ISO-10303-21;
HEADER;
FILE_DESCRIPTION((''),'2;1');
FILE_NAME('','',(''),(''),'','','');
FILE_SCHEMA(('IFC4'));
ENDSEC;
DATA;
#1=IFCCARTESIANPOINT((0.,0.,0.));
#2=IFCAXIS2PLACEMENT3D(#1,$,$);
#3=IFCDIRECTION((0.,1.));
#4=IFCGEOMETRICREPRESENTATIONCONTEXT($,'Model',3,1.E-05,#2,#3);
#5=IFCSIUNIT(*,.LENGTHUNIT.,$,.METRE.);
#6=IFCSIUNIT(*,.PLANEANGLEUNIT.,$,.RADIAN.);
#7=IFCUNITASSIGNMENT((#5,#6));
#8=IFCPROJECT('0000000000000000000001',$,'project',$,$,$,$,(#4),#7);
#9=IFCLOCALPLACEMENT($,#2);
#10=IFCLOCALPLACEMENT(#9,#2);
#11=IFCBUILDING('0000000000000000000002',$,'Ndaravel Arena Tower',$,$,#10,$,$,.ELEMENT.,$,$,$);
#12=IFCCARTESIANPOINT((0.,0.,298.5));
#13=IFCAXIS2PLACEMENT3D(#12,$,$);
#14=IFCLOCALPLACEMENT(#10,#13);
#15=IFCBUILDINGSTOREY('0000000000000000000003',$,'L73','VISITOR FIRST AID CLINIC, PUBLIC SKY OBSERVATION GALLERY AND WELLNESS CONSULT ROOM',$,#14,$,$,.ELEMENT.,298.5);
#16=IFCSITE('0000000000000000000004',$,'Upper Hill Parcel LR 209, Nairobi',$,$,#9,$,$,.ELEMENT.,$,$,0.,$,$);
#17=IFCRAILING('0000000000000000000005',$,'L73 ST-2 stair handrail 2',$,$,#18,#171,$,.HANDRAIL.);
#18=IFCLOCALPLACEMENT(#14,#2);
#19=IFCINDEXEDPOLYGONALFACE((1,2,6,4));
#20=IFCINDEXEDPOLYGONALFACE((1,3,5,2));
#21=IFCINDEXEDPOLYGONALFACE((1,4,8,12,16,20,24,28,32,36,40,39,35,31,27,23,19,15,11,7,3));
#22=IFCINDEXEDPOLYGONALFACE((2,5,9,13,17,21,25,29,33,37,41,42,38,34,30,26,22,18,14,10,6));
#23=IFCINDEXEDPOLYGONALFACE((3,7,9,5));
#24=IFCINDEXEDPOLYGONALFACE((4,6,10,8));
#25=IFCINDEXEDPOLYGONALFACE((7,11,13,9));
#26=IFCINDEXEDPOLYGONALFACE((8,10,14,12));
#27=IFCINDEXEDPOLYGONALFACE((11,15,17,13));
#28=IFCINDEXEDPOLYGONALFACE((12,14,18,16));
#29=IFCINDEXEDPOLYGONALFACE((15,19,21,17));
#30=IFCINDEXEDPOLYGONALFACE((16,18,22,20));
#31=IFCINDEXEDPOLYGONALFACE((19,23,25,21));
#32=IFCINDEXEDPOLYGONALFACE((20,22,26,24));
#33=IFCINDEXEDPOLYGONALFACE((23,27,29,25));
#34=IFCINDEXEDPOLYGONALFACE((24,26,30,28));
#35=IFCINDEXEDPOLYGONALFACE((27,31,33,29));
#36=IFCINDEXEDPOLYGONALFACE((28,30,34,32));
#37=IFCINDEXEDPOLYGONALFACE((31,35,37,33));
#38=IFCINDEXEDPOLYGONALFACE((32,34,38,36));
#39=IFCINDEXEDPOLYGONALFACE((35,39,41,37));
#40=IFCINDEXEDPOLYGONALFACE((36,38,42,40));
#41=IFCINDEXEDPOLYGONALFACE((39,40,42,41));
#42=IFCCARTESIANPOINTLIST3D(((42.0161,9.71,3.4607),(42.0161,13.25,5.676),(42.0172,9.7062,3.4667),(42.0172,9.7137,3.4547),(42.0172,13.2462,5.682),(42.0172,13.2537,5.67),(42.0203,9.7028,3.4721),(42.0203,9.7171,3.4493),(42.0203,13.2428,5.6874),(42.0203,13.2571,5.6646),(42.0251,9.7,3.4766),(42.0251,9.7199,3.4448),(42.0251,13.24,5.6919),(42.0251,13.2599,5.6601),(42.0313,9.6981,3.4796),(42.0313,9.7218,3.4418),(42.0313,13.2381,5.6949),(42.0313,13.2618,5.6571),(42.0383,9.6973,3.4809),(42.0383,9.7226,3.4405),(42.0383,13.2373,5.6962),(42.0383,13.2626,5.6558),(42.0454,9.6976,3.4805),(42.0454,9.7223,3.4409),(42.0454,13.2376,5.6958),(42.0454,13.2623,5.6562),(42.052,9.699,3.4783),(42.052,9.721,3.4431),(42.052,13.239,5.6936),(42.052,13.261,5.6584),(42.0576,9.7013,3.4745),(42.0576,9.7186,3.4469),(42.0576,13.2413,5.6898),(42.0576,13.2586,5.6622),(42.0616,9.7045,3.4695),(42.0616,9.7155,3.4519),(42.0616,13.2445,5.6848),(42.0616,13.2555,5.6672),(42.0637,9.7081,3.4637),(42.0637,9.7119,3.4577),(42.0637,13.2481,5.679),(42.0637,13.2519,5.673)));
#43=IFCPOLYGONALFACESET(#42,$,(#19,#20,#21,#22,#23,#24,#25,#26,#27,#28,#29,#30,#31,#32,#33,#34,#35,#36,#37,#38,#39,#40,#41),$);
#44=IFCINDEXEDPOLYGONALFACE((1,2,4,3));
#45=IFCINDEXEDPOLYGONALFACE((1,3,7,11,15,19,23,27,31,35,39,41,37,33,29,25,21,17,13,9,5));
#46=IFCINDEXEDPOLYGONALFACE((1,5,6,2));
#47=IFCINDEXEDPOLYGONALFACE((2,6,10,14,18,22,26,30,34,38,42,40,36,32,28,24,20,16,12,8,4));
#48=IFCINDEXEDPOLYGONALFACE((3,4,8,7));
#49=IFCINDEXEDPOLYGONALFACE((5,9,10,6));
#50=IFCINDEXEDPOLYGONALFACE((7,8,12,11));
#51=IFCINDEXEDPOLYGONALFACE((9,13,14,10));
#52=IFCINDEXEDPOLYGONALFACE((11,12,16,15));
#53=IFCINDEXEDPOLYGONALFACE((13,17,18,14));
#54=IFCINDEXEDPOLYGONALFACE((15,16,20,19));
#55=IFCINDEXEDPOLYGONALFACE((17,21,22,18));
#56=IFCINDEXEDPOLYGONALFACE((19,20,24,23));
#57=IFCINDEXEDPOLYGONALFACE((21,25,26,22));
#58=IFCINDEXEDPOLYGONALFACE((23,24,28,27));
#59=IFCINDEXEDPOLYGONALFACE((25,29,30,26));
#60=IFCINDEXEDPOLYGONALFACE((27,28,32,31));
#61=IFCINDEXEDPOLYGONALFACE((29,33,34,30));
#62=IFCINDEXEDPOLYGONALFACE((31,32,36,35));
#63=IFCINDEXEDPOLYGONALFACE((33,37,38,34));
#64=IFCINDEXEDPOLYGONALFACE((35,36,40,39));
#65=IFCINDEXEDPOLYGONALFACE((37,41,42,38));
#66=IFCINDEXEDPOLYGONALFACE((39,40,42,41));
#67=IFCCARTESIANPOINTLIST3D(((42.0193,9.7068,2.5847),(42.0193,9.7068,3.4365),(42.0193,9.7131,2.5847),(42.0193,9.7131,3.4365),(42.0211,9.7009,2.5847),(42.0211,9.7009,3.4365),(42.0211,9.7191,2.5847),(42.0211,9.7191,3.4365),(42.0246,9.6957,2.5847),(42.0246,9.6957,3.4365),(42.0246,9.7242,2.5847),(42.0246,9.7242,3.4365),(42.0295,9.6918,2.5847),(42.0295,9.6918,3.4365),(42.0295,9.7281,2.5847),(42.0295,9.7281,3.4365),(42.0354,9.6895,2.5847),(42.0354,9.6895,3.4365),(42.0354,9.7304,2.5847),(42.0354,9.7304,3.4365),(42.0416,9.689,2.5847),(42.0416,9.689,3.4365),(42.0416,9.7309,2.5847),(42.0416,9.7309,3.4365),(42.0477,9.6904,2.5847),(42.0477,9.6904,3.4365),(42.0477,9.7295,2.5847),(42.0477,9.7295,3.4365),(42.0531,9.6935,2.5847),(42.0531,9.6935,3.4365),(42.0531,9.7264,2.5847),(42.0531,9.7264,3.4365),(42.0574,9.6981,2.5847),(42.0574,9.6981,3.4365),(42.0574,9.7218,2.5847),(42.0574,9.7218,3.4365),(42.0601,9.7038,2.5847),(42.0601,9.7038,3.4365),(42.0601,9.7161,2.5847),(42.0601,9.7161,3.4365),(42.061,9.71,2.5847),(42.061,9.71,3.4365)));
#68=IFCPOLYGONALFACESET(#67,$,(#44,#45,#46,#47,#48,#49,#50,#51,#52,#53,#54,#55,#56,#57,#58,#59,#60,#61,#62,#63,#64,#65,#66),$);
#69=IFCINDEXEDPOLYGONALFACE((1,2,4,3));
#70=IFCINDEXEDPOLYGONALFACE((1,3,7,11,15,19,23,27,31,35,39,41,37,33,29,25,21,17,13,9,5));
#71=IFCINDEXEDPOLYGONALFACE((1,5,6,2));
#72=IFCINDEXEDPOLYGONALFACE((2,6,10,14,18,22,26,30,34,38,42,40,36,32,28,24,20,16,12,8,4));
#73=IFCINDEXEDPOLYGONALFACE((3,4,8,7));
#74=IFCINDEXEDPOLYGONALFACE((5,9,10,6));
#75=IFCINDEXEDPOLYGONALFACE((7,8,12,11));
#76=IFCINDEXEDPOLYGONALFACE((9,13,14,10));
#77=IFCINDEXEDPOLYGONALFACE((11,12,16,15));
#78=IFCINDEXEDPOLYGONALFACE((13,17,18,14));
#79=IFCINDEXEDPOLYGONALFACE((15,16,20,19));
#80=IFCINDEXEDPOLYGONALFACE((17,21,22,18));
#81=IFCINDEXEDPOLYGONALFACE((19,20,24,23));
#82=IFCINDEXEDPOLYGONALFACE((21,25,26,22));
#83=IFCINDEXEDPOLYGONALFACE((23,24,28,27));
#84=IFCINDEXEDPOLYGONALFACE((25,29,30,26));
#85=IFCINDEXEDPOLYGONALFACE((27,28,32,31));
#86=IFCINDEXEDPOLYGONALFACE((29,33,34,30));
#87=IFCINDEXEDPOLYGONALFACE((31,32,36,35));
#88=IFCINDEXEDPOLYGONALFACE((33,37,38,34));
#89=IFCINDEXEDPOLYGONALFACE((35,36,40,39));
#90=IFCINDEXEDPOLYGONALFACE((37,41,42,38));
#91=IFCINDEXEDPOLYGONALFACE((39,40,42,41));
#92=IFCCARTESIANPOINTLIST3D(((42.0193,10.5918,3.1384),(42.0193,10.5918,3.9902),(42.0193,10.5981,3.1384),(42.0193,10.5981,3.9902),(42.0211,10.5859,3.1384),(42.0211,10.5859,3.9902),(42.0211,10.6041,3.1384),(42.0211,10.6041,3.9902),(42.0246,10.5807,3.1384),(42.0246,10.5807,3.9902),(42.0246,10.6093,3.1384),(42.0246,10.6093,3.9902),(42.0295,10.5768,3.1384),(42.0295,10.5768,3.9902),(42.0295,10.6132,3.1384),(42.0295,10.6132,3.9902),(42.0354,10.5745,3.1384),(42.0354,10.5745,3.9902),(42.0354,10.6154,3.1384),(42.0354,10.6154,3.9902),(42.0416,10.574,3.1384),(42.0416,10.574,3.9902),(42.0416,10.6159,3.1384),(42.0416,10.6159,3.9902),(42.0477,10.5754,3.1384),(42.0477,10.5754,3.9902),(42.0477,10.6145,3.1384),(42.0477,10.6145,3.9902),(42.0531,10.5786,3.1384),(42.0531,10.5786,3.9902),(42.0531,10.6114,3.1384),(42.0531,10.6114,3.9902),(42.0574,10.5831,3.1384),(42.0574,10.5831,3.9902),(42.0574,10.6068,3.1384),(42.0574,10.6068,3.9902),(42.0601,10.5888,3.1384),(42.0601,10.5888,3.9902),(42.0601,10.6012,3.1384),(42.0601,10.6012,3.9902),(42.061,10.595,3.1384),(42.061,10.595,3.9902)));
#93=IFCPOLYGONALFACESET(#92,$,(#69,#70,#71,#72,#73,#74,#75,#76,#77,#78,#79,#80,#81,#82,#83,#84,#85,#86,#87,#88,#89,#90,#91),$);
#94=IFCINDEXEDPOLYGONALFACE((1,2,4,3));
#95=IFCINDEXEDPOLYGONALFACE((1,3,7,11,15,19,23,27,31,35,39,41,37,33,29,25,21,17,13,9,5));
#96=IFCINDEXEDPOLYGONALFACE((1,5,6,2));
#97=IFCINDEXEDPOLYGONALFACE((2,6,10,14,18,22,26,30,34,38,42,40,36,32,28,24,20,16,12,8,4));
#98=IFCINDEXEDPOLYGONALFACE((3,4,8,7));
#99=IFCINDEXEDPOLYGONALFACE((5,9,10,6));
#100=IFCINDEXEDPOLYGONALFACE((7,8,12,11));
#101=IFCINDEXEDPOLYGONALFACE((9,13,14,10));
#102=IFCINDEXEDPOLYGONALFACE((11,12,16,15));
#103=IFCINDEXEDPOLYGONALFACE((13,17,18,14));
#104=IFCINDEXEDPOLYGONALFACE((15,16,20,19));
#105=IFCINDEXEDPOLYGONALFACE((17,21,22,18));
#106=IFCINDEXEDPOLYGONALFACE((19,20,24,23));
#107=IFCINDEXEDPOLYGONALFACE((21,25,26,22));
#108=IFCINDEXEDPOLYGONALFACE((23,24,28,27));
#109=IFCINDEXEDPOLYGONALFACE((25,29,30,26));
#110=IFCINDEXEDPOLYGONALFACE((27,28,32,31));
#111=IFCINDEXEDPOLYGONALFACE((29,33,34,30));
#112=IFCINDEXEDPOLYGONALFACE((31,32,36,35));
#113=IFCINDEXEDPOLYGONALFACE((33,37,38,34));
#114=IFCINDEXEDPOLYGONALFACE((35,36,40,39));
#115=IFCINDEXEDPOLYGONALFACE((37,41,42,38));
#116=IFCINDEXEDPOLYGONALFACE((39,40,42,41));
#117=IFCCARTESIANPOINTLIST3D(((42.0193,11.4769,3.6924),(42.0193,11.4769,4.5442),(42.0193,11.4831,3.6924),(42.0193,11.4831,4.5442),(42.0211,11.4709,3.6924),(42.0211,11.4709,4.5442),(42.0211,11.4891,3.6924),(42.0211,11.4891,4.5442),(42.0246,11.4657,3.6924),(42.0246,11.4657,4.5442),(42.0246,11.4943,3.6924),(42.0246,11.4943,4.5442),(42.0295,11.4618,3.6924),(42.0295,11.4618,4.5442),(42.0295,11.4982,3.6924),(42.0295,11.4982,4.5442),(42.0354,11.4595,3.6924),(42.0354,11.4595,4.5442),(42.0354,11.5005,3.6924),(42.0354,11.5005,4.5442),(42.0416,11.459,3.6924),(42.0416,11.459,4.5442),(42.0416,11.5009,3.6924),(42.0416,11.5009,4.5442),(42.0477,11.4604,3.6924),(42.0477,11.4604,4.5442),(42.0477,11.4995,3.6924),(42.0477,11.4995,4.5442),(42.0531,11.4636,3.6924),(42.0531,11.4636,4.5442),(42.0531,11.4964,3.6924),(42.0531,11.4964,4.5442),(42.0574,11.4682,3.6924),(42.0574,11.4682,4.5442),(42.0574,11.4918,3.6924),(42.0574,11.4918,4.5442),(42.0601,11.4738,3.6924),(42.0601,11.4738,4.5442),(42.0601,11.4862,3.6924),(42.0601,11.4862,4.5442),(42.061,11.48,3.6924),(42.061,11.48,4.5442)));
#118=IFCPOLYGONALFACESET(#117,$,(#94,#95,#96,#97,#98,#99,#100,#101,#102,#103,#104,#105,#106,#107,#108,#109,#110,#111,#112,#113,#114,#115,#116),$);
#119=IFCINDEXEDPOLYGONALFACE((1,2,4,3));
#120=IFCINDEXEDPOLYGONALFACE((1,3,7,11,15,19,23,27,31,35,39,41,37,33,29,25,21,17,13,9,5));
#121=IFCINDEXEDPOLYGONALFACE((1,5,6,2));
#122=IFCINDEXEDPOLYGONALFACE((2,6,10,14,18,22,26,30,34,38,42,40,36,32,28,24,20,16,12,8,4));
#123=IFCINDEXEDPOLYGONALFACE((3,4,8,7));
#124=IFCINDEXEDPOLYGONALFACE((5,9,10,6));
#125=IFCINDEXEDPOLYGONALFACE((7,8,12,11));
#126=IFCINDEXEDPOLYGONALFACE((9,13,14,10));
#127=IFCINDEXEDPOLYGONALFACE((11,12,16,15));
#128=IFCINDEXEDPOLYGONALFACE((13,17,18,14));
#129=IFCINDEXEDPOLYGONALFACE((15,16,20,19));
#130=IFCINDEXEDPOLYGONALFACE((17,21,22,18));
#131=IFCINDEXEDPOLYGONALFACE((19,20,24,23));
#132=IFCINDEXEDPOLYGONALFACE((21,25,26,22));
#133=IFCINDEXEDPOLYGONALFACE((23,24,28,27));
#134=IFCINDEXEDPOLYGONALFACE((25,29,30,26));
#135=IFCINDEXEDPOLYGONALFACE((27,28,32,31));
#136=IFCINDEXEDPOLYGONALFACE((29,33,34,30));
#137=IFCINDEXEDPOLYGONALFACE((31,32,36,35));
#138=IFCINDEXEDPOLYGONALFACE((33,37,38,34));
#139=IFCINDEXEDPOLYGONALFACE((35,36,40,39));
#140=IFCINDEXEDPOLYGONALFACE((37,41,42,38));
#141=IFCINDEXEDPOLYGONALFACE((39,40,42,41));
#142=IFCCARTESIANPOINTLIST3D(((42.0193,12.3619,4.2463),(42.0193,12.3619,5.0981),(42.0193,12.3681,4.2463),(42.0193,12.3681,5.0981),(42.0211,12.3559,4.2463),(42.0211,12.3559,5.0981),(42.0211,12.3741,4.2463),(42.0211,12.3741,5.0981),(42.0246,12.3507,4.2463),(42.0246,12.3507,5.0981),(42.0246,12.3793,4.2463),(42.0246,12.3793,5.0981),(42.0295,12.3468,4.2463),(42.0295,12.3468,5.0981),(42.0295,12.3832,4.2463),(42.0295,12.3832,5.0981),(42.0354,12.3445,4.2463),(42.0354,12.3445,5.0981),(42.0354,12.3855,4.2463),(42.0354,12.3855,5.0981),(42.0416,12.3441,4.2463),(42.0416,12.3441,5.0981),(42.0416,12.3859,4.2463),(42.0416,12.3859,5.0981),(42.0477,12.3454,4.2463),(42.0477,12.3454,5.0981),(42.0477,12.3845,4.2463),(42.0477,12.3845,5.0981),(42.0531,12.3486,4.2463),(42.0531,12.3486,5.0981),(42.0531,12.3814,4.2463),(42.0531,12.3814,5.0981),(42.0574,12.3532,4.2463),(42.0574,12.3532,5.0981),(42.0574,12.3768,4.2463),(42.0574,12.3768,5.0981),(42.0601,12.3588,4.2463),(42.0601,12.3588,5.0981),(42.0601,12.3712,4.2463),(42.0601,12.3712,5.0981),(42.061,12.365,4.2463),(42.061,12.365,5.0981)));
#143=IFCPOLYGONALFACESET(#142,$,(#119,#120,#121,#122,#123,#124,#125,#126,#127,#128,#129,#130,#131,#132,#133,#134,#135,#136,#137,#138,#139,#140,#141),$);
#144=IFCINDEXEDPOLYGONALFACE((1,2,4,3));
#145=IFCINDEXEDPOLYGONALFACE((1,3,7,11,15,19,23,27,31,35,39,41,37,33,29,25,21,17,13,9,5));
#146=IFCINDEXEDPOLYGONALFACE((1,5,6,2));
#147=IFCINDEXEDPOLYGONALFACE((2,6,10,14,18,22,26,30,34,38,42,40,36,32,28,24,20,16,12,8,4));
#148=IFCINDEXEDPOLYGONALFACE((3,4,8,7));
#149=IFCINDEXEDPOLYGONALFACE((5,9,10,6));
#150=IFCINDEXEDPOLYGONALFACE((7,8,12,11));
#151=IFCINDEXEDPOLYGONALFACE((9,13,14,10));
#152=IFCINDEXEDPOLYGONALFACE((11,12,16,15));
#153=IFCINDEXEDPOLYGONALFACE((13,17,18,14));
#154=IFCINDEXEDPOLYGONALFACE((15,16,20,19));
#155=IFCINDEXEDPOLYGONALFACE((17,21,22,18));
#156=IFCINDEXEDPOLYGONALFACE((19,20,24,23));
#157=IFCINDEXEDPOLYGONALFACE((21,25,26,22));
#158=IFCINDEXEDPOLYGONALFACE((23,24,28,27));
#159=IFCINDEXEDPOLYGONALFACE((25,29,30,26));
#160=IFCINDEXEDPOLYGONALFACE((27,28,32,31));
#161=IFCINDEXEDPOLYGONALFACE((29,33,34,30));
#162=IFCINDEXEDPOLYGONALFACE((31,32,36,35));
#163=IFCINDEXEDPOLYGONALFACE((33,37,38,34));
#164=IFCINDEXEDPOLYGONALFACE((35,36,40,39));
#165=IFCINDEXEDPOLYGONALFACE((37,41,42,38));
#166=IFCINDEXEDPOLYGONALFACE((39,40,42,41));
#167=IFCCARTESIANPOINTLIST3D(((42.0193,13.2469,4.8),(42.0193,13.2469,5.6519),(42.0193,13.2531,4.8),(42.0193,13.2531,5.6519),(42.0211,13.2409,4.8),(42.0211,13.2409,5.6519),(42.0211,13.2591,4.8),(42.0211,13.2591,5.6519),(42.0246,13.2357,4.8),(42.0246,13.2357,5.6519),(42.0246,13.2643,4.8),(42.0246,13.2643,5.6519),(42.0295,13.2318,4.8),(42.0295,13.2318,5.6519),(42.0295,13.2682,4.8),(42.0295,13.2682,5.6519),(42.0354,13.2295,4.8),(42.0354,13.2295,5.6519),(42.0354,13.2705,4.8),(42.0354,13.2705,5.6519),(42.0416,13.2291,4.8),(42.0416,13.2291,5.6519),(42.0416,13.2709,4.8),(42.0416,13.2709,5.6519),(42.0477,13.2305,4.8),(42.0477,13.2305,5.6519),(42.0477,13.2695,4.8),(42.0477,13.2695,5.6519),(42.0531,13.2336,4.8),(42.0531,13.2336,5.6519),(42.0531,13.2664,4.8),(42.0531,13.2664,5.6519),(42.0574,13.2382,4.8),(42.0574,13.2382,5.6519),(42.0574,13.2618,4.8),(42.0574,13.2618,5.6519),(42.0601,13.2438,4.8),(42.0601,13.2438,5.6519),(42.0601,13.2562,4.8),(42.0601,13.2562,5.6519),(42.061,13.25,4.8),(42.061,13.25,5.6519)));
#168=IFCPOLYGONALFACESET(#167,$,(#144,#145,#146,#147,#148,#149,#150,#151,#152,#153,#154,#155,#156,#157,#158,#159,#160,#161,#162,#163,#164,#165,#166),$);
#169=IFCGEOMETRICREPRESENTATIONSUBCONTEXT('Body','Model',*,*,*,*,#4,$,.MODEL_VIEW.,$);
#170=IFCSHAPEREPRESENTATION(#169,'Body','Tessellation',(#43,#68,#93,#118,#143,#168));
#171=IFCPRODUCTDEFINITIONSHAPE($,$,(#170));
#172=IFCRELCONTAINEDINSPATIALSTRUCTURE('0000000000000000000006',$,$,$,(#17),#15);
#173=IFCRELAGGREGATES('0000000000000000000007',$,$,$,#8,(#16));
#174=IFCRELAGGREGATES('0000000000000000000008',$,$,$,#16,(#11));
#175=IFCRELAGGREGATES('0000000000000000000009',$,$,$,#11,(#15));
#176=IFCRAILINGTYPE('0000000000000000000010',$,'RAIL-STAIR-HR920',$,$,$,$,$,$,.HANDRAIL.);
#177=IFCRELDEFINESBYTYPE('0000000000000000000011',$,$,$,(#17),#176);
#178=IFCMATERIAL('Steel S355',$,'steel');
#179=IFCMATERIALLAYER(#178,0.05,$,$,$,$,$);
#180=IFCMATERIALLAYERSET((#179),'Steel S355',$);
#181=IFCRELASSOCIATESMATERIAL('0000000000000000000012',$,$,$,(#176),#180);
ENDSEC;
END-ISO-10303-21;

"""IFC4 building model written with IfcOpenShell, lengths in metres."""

from ifc_helpers import new_model, si_unit, direction, frame, origin, origin_2d, place, context, subcontext, project, spatial, circle, extrude, material, layer, layer_set, type_object, element, save


model = new_model("IFC4")

# Units and contexts
model_context = context("Model", 3, precision=1e-05, world=origin(), true_north=direction((0.0, 1.0)))
body_context = subcontext(model_context, "Body", "Model", "MODEL_VIEW")
ifc_project = project(units=[si_unit("LENGTHUNIT", "METRE"), si_unit("PLANEANGLEUNIT", "RADIAN")], contexts=[model_context])

# Site, building, storey
site_placement = place(None, origin())
site = spatial("IfcSite", under=ifc_project, at=site_placement, Name="Upper Hill Parcel LR 209, Nairobi", CompositionType="ELEMENT", RefElevation=0.0)
building_placement = place(site_placement, origin())
building = spatial("IfcBuilding", under=site, at=building_placement, Name="Ndaravel Arena Tower", CompositionType="ELEMENT")
storey_placement = place(building_placement, frame((0.0, 0.0, 298.5)))
storey = spatial("IfcBuildingStorey", under=building, at=storey_placement, Name="L73", Description="VISITOR FIRST AID CLINIC, PUBLIC SKY OBSERVATION GALLERY AND WELLNESS CONSULT ROOM", CompositionType="ELEMENT", Elevation=298.5)

# Railing
ifc_material_1 = material(Name="Steel S355", Category="steel")
ifc_layer_1 = layer(ifc_material_1, 0.05)
ifc_layer_set_1 = layer_set([ifc_layer_1], Name="Steel S355")
railing_type_1 = type_object("IfcRailingType", Name="RAIL-STAIR-HR920", PredefinedType="HANDRAIL", material=ifc_layer_set_1)
railing_1_placement = place(storey_placement, frame((42.04, 9.71, 2.5847)))
element("IfcRailing", 1, at=railing_1_placement, inside=storey, type_object=railing_type_1, Name="L73 ST-2 stair handrail 2", PredefinedType="HANDRAIL", context=body_context, shape_type="SweptSolid", body=[
    extrude(circle(Radius=0.0239, at=origin_2d()), frame((0.0, 0.0, 0.876), z_axis=(0.0, 0.847696, 0.530482), x_axis=(-1.0, 0.0, 0.0)), (0.0, 0.0, 1.0), 4.176),
    extrude(circle(Radius=0.021, at=origin_2d()), origin(), (0.0, 0.0, 1.0), 0.8518),
    extrude(circle(Radius=0.021, at=origin_2d()), frame((0.0, 0.885, 0.5537)), (0.0, 0.0, 1.0), 0.8518),
    extrude(circle(Radius=0.021, at=origin_2d()), frame((0.0, 1.77, 1.1077)), (0.0, 0.0, 1.0), 0.8518),
    extrude(circle(Radius=0.021, at=origin_2d()), frame((0.0, 2.655, 1.6616)), (0.0, 0.0, 1.0), 0.8518),
    extrude(circle(Radius=0.021, at=origin_2d()), frame((0.0, 3.54, 2.2153)), (0.0, 0.0, 1.0), 0.8518),
])

save(model, "model.ifc")
